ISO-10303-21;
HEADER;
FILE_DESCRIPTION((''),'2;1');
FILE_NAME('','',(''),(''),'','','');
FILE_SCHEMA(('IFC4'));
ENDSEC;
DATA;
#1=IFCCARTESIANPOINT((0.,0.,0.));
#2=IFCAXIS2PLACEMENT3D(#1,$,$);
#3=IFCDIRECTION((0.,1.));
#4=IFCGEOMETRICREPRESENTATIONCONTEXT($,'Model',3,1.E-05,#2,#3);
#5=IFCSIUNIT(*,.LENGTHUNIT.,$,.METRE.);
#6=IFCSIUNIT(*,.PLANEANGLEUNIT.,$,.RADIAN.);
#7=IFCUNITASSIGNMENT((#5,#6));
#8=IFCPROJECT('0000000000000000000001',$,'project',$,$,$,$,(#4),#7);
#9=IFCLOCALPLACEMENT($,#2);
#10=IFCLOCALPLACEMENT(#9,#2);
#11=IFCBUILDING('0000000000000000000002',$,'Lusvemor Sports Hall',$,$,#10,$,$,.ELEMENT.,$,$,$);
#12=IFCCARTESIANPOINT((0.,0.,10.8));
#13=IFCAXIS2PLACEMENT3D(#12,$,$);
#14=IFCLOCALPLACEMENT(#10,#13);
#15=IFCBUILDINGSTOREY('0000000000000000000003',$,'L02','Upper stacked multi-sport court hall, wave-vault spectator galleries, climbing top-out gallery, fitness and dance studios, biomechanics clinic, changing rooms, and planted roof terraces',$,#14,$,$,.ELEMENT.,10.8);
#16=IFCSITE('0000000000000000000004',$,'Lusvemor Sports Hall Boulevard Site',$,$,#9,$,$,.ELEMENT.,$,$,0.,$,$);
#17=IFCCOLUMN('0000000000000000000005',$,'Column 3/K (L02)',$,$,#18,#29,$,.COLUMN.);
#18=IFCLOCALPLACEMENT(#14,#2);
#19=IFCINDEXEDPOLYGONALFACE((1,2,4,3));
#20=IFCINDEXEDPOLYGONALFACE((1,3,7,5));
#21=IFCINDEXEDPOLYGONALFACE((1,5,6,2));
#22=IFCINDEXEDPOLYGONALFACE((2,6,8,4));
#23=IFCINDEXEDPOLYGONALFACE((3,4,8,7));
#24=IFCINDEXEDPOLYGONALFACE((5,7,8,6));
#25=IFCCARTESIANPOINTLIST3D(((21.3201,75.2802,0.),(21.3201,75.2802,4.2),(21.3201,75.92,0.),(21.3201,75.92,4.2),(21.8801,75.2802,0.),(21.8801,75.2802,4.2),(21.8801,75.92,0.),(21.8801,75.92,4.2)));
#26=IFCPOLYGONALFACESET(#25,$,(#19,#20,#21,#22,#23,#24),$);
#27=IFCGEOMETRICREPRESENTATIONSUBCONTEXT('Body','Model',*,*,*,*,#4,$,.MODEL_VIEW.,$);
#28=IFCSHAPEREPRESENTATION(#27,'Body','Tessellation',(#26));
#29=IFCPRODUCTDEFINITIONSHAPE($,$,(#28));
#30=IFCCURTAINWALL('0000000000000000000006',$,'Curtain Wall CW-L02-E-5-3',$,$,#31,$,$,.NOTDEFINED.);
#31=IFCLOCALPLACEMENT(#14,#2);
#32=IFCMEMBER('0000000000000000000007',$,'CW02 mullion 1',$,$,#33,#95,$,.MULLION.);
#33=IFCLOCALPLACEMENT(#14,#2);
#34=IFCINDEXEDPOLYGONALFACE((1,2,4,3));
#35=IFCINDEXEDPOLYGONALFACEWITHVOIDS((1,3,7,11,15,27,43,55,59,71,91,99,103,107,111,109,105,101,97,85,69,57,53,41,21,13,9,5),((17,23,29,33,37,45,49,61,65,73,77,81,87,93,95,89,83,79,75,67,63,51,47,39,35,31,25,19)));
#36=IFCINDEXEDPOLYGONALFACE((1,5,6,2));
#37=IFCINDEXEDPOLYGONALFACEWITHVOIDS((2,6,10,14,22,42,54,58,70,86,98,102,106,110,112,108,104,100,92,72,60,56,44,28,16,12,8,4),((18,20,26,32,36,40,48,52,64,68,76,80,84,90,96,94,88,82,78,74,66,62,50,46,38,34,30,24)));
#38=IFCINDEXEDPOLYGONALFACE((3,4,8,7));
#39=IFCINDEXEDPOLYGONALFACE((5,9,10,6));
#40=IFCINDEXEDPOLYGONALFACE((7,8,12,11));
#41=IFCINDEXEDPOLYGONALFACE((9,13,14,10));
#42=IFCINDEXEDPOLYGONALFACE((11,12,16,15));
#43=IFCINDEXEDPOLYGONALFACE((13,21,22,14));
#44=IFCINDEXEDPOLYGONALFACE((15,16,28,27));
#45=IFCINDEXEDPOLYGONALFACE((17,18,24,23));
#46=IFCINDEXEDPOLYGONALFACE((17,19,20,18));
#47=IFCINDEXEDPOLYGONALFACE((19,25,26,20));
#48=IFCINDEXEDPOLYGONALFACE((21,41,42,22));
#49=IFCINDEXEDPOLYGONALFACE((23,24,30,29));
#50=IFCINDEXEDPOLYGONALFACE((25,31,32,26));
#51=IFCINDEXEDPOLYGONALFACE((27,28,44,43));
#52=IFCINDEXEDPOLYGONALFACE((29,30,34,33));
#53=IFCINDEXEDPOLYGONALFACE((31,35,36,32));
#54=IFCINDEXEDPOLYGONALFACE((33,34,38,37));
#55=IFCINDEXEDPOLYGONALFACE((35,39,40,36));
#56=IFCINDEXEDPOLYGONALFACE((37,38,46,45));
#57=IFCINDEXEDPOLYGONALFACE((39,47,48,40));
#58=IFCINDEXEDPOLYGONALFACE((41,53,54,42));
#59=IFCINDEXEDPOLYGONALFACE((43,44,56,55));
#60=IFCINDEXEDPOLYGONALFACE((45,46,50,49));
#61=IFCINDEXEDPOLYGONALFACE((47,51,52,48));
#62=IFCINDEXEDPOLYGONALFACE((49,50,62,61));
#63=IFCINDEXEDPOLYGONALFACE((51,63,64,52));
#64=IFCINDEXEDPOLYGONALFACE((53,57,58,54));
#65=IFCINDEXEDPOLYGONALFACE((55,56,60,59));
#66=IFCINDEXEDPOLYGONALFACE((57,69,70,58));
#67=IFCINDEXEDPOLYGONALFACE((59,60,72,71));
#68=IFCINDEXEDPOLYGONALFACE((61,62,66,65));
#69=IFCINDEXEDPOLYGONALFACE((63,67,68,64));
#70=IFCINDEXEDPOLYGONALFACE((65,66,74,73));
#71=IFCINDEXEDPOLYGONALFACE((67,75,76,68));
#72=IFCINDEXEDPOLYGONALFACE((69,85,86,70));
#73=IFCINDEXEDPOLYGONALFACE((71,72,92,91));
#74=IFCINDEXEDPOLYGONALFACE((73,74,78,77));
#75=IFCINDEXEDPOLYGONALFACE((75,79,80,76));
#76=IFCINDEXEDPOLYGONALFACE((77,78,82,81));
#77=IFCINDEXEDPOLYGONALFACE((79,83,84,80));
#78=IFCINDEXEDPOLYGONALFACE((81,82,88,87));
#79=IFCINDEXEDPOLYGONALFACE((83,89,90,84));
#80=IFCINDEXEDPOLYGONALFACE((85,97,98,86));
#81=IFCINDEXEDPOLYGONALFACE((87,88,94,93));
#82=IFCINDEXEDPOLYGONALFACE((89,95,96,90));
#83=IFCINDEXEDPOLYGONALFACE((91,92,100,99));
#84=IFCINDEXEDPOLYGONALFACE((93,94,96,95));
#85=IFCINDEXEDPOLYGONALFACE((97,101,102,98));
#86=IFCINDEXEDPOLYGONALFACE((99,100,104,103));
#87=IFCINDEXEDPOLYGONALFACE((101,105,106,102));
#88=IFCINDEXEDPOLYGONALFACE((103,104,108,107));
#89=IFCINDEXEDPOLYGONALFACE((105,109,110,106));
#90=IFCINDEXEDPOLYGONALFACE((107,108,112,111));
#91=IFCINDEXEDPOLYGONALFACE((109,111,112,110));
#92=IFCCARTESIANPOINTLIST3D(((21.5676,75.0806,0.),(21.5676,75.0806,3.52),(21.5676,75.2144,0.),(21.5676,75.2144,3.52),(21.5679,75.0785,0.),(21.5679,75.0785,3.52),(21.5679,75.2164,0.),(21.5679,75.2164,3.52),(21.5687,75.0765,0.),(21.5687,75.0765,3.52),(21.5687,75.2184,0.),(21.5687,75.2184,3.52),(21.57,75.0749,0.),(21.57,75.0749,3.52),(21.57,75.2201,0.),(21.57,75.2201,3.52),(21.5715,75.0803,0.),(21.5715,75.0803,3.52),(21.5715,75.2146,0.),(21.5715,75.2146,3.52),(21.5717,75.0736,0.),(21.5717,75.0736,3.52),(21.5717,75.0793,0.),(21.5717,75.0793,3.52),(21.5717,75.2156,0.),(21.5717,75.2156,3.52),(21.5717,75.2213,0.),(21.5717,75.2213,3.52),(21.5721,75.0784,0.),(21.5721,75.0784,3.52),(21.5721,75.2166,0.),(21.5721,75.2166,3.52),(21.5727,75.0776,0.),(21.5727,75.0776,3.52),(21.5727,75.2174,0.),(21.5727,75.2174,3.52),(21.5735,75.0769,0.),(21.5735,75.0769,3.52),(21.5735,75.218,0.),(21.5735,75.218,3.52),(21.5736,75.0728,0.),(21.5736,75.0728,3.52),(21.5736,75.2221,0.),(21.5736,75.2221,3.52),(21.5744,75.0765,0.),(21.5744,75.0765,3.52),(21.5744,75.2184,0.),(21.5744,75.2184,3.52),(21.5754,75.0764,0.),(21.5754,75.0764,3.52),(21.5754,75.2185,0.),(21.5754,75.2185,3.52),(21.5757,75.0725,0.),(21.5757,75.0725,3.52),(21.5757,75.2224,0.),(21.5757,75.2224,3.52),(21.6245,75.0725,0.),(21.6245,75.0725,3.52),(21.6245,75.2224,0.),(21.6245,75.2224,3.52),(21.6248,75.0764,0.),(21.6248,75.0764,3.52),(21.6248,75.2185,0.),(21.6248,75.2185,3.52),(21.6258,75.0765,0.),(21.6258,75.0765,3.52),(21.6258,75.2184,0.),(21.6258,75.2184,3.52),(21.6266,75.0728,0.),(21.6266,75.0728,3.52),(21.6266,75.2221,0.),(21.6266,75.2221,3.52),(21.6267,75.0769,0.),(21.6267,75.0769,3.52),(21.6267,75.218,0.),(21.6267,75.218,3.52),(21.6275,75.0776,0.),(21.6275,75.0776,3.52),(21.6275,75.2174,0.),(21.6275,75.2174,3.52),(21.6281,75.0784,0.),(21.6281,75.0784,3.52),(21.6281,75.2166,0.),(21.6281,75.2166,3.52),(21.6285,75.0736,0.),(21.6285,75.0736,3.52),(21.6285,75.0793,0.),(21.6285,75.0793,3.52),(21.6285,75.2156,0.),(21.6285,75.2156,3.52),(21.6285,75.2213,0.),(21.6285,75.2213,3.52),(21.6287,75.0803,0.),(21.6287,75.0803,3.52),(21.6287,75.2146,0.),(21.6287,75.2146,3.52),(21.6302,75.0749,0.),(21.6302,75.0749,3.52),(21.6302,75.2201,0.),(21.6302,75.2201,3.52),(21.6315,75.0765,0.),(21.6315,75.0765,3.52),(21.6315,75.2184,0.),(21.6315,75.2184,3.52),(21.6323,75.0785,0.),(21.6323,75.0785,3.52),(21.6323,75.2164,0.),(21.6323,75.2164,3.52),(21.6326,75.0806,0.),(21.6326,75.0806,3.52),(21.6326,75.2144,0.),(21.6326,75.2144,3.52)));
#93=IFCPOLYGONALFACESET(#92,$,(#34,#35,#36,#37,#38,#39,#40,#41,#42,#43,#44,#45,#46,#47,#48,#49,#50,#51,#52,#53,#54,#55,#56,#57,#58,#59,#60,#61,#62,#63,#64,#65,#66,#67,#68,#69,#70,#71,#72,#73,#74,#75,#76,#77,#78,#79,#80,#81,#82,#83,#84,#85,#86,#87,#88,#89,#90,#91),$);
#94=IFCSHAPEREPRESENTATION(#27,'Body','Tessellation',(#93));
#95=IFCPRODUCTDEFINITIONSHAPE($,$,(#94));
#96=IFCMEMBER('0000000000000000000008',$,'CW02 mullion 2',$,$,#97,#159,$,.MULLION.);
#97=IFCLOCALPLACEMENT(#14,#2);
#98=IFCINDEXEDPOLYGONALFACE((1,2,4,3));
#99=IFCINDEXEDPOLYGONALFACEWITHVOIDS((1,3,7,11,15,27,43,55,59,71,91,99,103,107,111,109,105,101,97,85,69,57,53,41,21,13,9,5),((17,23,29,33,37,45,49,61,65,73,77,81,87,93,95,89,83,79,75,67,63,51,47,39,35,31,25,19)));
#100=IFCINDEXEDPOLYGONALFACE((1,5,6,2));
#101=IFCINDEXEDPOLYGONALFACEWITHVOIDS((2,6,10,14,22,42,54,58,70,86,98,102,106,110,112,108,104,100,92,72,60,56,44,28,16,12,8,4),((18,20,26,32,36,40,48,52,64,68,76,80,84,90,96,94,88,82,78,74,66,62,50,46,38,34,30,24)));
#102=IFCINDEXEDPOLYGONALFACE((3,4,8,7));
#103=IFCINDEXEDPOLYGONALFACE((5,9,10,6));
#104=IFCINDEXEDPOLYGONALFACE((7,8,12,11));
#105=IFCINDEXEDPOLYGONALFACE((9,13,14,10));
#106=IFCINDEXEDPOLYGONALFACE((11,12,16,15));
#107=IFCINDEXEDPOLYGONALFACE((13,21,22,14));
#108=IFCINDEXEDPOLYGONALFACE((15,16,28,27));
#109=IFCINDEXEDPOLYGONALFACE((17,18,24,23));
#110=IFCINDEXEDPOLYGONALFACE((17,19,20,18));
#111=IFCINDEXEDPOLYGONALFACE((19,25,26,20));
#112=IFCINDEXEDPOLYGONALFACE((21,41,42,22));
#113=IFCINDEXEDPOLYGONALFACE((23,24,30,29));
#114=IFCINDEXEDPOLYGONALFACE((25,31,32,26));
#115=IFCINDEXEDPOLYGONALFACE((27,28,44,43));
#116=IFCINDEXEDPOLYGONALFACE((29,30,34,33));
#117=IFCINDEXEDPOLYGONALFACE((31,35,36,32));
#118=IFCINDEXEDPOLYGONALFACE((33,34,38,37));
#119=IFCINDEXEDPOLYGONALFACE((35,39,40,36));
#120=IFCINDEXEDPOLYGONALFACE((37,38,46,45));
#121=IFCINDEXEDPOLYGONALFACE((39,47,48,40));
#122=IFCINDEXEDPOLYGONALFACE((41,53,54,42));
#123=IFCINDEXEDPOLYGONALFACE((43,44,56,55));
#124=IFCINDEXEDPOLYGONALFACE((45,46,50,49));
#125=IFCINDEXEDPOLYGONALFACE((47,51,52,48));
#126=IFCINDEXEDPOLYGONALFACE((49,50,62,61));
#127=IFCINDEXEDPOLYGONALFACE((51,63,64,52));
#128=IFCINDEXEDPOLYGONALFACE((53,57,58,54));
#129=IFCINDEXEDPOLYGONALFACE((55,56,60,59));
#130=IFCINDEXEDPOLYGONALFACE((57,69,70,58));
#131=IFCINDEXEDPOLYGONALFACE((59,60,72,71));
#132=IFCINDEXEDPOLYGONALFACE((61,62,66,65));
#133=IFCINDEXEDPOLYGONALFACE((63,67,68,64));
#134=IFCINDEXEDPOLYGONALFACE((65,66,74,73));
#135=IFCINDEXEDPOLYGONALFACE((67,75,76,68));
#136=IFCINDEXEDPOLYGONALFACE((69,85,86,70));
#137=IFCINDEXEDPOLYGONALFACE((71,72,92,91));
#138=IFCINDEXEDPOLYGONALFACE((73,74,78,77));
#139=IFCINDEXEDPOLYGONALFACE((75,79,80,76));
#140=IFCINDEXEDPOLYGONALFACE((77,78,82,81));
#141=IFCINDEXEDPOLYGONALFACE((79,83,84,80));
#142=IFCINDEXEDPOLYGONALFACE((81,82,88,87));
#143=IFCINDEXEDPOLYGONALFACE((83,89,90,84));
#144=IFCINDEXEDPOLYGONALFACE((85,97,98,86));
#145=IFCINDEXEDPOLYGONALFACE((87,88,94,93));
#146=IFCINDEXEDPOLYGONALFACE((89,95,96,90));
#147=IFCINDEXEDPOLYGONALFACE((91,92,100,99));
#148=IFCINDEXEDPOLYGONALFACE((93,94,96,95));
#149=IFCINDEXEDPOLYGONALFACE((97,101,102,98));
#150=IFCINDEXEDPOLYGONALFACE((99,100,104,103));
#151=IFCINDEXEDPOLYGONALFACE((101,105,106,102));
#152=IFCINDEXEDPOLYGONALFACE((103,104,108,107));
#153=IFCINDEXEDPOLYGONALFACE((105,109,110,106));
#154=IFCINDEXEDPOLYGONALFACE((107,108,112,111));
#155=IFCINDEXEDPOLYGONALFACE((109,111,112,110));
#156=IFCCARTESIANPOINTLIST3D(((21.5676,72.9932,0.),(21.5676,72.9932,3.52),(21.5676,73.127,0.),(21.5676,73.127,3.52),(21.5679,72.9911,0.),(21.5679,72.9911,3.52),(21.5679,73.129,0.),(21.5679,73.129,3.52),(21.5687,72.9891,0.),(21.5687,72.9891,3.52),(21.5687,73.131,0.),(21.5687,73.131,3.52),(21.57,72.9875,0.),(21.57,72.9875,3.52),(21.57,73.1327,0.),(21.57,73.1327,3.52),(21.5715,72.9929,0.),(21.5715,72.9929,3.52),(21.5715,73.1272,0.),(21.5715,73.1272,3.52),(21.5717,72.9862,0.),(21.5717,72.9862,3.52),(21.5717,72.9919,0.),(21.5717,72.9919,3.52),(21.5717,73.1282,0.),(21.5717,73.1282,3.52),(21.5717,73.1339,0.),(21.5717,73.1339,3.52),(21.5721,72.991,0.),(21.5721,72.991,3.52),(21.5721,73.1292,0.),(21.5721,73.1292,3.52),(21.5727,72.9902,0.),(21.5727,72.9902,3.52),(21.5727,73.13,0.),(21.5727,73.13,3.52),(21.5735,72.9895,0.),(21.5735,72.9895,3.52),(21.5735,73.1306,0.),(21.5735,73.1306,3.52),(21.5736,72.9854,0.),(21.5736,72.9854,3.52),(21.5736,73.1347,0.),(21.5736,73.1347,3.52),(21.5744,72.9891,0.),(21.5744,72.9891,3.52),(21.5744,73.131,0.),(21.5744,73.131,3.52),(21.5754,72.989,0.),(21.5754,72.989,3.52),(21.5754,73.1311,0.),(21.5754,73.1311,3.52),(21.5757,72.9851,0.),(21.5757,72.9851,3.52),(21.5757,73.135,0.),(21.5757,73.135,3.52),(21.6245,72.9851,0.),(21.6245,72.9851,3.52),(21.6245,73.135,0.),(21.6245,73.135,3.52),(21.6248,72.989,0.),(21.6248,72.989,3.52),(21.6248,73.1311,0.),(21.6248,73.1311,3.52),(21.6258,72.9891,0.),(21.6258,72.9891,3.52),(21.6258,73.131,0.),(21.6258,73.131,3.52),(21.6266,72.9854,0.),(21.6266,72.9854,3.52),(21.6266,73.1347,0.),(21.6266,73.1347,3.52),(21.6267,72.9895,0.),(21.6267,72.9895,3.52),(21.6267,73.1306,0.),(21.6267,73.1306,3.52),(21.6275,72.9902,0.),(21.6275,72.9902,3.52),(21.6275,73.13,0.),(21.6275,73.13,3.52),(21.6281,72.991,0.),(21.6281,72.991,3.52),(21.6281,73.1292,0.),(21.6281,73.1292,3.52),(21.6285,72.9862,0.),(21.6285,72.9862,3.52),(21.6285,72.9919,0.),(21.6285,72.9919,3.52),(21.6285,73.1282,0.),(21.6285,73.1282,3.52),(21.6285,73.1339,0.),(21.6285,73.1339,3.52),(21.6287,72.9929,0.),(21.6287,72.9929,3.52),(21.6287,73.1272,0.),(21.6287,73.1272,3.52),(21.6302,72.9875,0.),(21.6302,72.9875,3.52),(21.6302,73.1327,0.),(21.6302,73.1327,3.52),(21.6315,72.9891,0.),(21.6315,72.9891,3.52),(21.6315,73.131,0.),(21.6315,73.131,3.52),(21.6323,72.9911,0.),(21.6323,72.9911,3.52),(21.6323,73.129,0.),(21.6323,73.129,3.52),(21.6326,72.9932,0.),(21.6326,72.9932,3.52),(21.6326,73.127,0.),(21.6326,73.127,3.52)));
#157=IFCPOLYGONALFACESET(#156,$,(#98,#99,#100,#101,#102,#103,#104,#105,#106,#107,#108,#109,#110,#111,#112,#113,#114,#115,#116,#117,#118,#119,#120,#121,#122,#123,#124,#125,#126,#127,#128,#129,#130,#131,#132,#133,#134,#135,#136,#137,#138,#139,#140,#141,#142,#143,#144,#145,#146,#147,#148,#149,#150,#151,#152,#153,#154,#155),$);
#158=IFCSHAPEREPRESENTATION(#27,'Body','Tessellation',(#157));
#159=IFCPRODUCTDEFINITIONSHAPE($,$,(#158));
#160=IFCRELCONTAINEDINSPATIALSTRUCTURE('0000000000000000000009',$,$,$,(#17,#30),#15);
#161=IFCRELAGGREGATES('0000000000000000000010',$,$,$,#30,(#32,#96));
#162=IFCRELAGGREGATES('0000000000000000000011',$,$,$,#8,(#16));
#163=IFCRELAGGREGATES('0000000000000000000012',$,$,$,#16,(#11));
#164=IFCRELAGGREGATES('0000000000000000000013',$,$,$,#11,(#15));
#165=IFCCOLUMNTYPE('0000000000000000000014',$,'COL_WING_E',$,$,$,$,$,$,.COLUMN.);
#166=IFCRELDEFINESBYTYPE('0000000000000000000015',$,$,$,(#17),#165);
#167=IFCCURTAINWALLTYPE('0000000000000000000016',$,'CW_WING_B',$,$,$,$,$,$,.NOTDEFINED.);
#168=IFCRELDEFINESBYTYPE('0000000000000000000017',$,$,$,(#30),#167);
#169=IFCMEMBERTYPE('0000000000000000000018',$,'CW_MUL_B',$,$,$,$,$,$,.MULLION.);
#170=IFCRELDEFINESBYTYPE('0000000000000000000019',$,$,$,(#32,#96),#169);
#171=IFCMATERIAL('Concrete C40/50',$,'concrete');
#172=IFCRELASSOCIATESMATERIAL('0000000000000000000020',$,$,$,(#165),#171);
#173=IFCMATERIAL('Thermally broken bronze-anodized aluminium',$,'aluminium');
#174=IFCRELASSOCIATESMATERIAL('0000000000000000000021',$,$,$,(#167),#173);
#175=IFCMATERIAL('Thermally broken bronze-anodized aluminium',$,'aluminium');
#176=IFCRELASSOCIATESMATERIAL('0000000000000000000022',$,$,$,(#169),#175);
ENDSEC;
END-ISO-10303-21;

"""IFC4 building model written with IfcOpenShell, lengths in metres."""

from ifc_helpers import new_model, si_unit, direction, frame, origin, origin_2d, place, context, subcontext, project, spatial, rectangle, hollow_rectangle, extrude, material, material_profile, profile_set, type_object, element, aggregate, save


model = new_model("IFC4")

# Units and contexts
model_context = context("Model", 3, precision=1e-05, world=origin(), true_north=direction((0.0, 1.0)))
body_context = subcontext(model_context, "Body", "Model", "MODEL_VIEW")
ifc_project = project(units=[si_unit("LENGTHUNIT", "METRE"), si_unit("PLANEANGLEUNIT", "RADIAN")], contexts=[model_context])

# Site, building, storey
site_placement = place(None, origin())
site = spatial("IfcSite", under=ifc_project, at=site_placement, Name="Lusvemor Sports Hall Boulevard Site", CompositionType="ELEMENT", RefElevation=0.0)
building_placement = place(site_placement, origin())
building = spatial("IfcBuilding", under=site, at=building_placement, Name="Lusvemor Sports Hall", CompositionType="ELEMENT")
storey_placement = place(building_placement, frame((0.0, 0.0, 10.8)))
storey = spatial("IfcBuildingStorey", under=building, at=storey_placement, Name="L02", Description="Upper stacked multi-sport court hall, wave-vault spectator galleries, climbing top-out gallery, fitness and dance studios, biomechanics clinic, changing rooms, and planted roof terraces", CompositionType="ELEMENT", Elevation=10.8)

# Column
ifc_material_1 = material(Name="Concrete C40/50", Category="concrete")
ifc_material_profile_1 = material_profile(ifc_material_1, rectangle(XDim=0.5601, YDim=0.6399, at=origin_2d()), Name="RC560x640")
ifc_profile_set_1 = profile_set([ifc_material_profile_1], Name="Concrete C40/50")
column_type = type_object("IfcColumnType", Name="COL_WING_E", PredefinedType="COLUMN", material=ifc_profile_set_1)
column_placement = place(storey_placement, frame((21.6001, 75.6001, 0.0), z_axis=(0.0, 0.0, 1.0), x_axis=(1.0, 0.0, 0.0)))
element("IfcColumn", 1, at=column_placement, inside=storey, type_object=column_type, Name="Column 3/K (L02)", PredefinedType="COLUMN", context=body_context, shape_type="SweptSolid", body=[
    extrude(rectangle(XDim=0.5601, YDim=0.6399, at=origin_2d()), origin(), (0.0, 0.0, 1.0), 4.2),
])

# Curtain wall, members
ifc_material_2 = material(Name="Thermally broken bronze-anodized aluminium", Category="aluminium")
curtain_wall_type = type_object("IfcCurtainWallType", Name="CW_WING_B", PredefinedType="NOTDEFINED", material=ifc_material_2)
curtain_wall_1_placement = place(storey_placement, origin())
curtain_wall_1 = element("IfcCurtainWall", 2, at=curtain_wall_1_placement, inside=storey, type_object=curtain_wall_type, Name="Curtain Wall CW-L02-E-5-3", PredefinedType="NOTDEFINED")
ifc_material_3 = material(Name="Thermally broken bronze-anodized aluminium", Category="aluminium")
ifc_material_profile_2 = material_profile(ifc_material_3, hollow_rectangle(XDim=0.0649, YDim=0.1499, WallThickness=0.0039, InnerFilletRadius=0.0039, OuterFilletRadius=0.0081, at=origin_2d()), Name="CWMUL150x65x4")
ifc_profile_set_2 = profile_set([ifc_material_profile_2], Name="Thermally broken bronze-anodized aluminium")
member_type_1 = type_object("IfcMemberType", Name="CW_MUL_B", PredefinedType="MULLION", material=ifc_profile_set_2)
member_1_placement = place(storey_placement, frame((21.6001, 75.1475, 0.0), z_axis=(0.0, 0.0, 1.0), x_axis=(1.0, 0.0, 0.0)))
member_1 = element("IfcMember", 3, at=member_1_placement, type_object=member_type_1, Name="CW02 mullion 1", PredefinedType="MULLION", context=body_context, shape_type="SweptSolid", body=[
    extrude(hollow_rectangle(XDim=0.0649, YDim=0.1499, WallThickness=0.0039, InnerFilletRadius=0.0039, OuterFilletRadius=0.0081, at=origin_2d()), origin(), (0.0, 0.0, 1.0), 3.52),
])
member_2_placement = place(storey_placement, frame((21.6001, 73.0601, 0.0), z_axis=(0.0, 0.0, 1.0), x_axis=(1.0, 0.0, 0.0)))
member_2 = element("IfcMember", 4, at=member_2_placement, type_object=member_type_1, Name="CW02 mullion 2", PredefinedType="MULLION", context=body_context, shape_type="SweptSolid", body=[
    extrude(hollow_rectangle(XDim=0.0649, YDim=0.1499, WallThickness=0.0039, InnerFilletRadius=0.0039, OuterFilletRadius=0.0081, at=origin_2d()), origin(), (0.0, 0.0, 1.0), 3.52),
])

aggregate(curtain_wall_1, [member_1, member_2])

save(model, "model.ifc")
